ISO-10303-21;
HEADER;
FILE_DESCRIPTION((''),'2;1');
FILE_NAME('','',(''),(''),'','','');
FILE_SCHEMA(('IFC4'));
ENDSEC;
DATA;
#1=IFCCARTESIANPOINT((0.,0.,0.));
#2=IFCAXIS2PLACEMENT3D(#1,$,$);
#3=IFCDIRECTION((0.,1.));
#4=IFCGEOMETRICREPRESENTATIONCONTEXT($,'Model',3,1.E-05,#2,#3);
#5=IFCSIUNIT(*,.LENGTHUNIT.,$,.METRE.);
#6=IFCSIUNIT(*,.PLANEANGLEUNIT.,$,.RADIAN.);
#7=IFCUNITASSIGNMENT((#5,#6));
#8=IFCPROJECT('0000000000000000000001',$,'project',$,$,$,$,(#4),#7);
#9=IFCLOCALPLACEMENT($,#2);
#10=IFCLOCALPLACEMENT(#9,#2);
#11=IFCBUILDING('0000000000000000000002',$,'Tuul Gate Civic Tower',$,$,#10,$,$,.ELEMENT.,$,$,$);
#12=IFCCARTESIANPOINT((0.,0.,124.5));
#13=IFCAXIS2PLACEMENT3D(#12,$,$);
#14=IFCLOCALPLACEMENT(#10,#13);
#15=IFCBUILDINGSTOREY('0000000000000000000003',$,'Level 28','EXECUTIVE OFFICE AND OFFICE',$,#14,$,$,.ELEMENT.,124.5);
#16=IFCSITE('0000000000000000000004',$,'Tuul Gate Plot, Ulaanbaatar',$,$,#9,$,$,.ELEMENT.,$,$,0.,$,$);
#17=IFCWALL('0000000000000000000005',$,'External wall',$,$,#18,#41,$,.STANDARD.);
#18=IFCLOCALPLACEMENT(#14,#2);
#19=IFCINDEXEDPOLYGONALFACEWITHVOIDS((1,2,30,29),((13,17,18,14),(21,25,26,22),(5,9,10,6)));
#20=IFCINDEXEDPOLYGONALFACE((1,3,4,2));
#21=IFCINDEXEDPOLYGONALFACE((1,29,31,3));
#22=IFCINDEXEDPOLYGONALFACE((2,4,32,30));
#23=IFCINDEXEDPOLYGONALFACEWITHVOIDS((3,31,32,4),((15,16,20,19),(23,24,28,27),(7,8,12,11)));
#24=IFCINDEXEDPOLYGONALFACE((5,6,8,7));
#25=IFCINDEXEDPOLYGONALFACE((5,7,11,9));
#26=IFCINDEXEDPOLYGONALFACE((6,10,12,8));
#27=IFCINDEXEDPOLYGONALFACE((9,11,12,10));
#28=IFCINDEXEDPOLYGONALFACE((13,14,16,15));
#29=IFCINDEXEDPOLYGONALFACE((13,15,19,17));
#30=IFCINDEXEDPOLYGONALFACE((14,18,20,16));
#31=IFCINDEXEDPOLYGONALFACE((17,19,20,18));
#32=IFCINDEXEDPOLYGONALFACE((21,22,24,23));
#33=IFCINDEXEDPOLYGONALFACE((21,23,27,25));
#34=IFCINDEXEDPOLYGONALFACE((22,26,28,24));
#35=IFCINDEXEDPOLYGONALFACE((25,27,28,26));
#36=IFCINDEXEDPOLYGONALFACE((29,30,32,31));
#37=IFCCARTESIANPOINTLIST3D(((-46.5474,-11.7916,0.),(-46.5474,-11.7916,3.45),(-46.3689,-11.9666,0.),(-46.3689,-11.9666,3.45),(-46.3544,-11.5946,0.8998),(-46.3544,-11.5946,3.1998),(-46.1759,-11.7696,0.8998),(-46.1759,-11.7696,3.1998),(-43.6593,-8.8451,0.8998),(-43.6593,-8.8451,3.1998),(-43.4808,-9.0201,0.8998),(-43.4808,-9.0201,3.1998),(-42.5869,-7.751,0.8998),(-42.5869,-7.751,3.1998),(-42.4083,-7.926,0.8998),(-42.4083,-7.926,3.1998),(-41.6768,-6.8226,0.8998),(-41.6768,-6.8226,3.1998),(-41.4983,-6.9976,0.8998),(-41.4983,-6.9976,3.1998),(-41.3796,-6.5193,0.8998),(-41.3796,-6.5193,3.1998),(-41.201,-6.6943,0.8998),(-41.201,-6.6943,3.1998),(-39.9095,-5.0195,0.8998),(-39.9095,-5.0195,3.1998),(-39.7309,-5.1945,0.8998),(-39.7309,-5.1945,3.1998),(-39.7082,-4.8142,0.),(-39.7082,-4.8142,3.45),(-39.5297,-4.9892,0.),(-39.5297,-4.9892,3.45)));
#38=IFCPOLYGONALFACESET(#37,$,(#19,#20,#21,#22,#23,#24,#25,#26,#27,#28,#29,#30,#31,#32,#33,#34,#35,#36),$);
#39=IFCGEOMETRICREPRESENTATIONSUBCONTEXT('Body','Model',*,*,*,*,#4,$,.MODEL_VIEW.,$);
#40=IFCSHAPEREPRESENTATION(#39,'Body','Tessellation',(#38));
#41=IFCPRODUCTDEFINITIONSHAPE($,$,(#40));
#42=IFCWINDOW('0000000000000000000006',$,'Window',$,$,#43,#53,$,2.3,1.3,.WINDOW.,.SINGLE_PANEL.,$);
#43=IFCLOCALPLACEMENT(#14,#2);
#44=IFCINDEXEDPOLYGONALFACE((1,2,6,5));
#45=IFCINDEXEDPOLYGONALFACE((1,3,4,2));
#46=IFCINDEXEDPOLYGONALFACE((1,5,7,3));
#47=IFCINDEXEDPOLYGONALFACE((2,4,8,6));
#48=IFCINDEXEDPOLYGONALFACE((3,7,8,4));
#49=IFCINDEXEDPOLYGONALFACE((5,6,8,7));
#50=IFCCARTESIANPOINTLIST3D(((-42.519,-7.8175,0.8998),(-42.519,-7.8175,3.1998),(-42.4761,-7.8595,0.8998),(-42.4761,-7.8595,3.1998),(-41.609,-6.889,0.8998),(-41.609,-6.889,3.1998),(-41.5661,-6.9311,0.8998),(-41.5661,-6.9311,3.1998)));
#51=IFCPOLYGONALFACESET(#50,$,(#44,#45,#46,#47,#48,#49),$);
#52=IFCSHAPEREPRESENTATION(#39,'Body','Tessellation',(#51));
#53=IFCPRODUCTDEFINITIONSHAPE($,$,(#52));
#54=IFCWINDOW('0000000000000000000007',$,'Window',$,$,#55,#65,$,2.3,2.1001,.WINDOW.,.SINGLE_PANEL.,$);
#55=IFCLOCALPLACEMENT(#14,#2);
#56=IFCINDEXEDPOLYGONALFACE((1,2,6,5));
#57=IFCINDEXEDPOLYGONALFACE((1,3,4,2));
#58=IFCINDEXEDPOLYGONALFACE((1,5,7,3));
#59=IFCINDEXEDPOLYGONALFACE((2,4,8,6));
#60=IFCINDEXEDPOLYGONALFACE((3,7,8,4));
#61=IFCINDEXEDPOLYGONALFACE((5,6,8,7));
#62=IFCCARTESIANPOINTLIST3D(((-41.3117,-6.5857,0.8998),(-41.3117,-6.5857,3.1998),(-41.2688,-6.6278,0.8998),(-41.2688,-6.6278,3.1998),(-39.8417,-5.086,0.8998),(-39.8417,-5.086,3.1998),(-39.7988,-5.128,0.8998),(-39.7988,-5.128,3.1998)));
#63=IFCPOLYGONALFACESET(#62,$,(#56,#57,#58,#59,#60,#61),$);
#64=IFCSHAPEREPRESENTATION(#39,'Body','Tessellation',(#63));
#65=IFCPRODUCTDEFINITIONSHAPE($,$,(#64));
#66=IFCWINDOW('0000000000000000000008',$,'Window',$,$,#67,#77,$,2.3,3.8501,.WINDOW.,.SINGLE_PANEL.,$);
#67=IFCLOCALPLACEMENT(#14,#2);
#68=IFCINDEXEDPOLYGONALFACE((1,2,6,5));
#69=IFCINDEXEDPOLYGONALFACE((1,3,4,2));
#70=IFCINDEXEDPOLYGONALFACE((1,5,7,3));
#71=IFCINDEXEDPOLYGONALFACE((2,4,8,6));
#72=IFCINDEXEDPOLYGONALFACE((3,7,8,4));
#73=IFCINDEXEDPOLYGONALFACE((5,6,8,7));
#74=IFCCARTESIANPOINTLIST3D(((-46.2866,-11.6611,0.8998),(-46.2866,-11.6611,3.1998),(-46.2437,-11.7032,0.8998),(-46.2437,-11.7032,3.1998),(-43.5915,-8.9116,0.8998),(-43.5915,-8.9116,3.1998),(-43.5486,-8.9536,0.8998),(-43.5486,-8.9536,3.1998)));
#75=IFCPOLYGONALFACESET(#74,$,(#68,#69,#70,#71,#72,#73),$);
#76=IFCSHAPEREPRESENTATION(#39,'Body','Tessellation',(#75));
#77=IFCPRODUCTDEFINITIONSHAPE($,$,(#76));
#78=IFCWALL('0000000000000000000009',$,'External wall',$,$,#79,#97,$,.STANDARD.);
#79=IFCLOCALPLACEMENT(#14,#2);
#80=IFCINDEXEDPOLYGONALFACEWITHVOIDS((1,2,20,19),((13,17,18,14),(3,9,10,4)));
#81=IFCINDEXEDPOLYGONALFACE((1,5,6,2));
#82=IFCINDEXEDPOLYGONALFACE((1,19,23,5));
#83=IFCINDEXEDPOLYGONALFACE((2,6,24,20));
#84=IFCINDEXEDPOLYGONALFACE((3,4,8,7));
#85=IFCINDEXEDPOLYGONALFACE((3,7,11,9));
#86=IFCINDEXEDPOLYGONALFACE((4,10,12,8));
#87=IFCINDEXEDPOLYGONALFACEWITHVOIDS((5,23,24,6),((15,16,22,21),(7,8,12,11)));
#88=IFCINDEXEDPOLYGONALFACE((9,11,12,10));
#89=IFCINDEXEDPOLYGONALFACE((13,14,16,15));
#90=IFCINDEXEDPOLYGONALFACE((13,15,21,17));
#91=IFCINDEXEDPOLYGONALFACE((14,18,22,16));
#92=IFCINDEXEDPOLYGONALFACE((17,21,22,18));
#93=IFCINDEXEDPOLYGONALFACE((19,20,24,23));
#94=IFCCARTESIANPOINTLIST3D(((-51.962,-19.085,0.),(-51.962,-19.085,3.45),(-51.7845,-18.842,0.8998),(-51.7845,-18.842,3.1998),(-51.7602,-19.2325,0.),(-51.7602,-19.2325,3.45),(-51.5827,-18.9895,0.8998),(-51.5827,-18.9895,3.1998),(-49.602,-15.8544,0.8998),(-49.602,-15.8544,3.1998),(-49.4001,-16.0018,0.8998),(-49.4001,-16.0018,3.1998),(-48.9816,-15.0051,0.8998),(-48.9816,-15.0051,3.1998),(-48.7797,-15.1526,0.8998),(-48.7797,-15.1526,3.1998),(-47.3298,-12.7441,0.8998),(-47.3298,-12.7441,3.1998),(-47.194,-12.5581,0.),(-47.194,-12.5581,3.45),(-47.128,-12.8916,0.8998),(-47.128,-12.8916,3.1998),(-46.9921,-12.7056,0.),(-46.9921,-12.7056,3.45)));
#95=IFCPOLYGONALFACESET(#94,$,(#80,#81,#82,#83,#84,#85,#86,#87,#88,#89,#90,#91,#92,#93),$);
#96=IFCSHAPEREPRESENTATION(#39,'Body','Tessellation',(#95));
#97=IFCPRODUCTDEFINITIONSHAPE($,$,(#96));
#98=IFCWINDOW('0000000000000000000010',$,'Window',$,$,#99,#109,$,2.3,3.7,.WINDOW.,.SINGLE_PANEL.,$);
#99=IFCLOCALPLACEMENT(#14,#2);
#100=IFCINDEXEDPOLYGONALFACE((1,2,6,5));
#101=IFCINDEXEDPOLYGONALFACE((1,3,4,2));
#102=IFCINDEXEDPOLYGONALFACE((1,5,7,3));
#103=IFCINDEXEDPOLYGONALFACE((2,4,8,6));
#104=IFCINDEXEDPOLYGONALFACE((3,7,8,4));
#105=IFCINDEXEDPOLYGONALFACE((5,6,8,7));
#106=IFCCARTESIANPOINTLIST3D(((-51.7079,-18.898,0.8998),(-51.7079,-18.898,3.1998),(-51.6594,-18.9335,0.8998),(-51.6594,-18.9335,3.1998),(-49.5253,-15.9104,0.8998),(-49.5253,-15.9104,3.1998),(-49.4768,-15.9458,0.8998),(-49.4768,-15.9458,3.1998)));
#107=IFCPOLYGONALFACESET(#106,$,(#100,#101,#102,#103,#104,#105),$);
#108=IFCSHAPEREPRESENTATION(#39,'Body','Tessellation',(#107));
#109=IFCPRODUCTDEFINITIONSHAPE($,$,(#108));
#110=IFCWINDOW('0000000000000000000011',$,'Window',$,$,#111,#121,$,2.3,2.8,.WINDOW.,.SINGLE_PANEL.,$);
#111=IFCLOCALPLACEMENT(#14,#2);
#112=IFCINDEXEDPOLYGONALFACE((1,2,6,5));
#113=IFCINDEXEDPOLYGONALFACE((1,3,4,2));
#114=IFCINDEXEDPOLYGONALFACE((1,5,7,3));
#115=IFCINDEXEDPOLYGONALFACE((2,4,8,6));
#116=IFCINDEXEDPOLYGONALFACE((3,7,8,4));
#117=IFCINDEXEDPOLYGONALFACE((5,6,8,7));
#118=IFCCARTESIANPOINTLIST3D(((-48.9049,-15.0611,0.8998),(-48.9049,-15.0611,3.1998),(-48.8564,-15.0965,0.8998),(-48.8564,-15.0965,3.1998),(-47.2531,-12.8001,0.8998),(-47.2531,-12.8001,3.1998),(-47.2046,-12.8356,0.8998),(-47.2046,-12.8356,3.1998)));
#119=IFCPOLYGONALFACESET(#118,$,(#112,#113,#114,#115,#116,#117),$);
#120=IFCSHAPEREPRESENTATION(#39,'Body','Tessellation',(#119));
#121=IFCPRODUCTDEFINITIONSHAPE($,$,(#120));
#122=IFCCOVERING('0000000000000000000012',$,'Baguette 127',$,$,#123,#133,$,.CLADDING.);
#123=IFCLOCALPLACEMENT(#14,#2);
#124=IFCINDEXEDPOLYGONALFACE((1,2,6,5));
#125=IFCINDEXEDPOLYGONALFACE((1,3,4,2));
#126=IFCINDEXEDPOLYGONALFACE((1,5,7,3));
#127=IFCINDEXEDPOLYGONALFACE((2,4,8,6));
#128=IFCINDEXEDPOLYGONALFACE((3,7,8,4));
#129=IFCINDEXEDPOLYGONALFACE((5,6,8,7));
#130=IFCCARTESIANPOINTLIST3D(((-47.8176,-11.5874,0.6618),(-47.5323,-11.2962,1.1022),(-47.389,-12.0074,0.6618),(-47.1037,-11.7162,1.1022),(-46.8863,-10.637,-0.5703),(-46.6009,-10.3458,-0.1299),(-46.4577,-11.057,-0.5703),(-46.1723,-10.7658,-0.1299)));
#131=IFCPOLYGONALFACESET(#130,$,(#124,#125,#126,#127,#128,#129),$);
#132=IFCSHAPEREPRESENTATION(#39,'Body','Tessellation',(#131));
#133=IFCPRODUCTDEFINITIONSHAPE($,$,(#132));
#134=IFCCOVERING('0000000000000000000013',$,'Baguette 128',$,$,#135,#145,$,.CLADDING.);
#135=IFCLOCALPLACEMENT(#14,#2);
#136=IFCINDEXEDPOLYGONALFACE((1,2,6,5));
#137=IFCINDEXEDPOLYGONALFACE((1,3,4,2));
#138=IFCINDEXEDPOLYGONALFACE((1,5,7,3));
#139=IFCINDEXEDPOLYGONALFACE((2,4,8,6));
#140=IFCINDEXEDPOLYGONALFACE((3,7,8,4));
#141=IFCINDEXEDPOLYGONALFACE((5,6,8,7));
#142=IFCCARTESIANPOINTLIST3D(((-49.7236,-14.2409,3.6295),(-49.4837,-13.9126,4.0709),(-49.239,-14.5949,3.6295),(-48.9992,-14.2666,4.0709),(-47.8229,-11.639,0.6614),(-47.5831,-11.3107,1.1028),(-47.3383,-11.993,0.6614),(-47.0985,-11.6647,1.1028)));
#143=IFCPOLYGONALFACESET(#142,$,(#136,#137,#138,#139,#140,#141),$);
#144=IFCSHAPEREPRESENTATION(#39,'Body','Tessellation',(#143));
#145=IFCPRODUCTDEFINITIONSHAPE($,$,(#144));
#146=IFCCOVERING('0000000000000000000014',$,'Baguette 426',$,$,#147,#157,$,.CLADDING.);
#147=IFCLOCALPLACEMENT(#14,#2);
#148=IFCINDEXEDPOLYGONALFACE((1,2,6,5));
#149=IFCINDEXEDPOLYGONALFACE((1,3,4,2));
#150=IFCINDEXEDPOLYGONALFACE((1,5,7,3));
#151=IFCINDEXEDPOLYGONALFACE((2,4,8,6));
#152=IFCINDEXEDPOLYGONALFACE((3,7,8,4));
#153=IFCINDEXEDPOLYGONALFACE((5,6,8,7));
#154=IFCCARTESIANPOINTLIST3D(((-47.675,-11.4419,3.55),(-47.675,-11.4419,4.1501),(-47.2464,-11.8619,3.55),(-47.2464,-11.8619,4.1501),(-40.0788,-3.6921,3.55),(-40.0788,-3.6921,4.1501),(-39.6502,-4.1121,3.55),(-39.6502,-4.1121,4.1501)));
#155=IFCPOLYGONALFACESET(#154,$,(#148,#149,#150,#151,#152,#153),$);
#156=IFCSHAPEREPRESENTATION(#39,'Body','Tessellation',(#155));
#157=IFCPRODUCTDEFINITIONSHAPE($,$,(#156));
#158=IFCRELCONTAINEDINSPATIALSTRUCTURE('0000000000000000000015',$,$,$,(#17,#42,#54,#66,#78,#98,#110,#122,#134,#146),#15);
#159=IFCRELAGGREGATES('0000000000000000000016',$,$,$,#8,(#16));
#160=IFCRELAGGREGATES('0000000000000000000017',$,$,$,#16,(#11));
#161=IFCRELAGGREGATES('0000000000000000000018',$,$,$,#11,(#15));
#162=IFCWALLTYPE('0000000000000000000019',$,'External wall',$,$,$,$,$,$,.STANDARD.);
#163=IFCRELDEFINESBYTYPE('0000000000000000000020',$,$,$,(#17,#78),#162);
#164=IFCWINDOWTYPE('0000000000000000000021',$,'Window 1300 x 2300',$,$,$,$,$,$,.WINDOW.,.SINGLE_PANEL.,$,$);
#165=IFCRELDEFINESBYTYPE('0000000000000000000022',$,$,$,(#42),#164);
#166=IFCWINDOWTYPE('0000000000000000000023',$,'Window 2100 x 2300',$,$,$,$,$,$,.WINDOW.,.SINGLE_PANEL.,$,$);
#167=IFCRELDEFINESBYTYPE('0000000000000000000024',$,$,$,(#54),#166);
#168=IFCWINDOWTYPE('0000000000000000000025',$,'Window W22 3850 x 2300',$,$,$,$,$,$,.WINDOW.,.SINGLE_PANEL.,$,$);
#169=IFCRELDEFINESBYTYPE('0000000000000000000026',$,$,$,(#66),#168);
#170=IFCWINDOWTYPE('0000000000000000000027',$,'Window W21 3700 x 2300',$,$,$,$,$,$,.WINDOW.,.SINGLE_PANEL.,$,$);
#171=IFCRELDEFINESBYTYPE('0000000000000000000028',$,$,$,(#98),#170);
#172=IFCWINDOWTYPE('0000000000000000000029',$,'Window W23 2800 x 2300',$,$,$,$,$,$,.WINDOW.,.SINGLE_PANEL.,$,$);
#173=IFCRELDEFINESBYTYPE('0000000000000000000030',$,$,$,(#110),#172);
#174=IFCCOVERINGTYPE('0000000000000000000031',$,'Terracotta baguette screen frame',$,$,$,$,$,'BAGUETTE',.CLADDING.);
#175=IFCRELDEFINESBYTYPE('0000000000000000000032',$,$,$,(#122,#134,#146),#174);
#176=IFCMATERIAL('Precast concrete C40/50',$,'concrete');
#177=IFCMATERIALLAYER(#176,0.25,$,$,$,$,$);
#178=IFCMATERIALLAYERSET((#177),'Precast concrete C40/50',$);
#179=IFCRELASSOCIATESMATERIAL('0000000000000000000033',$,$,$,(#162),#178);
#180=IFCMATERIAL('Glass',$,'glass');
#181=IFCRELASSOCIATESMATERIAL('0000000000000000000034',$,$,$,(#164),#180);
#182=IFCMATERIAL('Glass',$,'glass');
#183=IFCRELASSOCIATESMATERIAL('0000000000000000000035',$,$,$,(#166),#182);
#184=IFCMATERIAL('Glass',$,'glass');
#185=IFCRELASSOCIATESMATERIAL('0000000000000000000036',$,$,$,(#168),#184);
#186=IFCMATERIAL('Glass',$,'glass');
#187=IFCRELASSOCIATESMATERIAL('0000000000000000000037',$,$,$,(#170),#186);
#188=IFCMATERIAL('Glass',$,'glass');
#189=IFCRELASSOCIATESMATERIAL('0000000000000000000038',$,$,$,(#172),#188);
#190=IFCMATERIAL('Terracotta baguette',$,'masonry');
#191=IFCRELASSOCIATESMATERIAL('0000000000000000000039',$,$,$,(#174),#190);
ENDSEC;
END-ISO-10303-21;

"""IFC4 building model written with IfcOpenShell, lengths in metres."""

from ifc_helpers import new_model, si_unit, direction, frame, frame_2d, origin, origin_2d, place, context, subcontext, project, spatial, rectangle, extrude, material, layer, layer_set, material_profile, profile_set, type_object, element, fill, save


model = new_model("IFC4")

# Units and contexts
model_context = context("Model", 3, precision=1e-05, world=origin(), true_north=direction((0.0, 1.0)))
body_context = subcontext(model_context, "Body", "Model", "MODEL_VIEW")
ifc_project = project(units=[si_unit("LENGTHUNIT", "METRE"), si_unit("PLANEANGLEUNIT", "RADIAN")], contexts=[model_context])

# Site, building, storey
site_placement = place(None, origin())
site = spatial("IfcSite", under=ifc_project, at=site_placement, Name="Tuul Gate Plot, Ulaanbaatar", CompositionType="ELEMENT", RefElevation=0.0)
building_placement = place(site_placement, origin())
building = spatial("IfcBuilding", under=site, at=building_placement, Name="Tuul Gate Civic Tower", CompositionType="ELEMENT")
storey_placement = place(building_placement, frame((0.0, 0.0, 124.5)))
storey = spatial("IfcBuildingStorey", under=building, at=storey_placement, Name="Level 28", Description="EXECUTIVE OFFICE AND OFFICE", CompositionType="ELEMENT", Elevation=124.5)

# Walls, openings, windows
ifc_material_1 = material(Name="Precast concrete C40/50", Category="concrete")
ifc_layer_1 = layer(ifc_material_1, 0.25)
ifc_layer_set_1 = layer_set([ifc_layer_1], Name="Precast concrete C40/50")
wall_type_1 = type_object("IfcWallType", Name="External wall", PredefinedType="STANDARD", material=ifc_layer_set_1)
wall_1_placement = place(storey_placement, frame((-39.6189, -4.9016, 0.0), z_axis=(0.0, 0.0, 1.0), x_axis=(-0.7, -0.714143, 0.0)))
wall_1 = element("IfcWall", 1, at=wall_1_placement, inside=storey, type_object=wall_type_1, Name="External wall", PredefinedType="STANDARD", context=body_context, shape_type="SweptSolid", body=[
    extrude(rectangle(XDim=9.7703, YDim=0.25, at=frame_2d((4.8853, 0.0))), origin(), (0.0, 0.0, 1.0), 3.45),
])
opening_1_placement = place(wall_1_placement, frame((5.6445, 0.0, 0.8999)))
opening_1 = element("IfcOpeningElement", 2, at=opening_1_placement, cuts=wall_1, PredefinedType="OPENING", context=body_context, shape_type="SweptSolid", body=[
    extrude(rectangle(XDim=3.8501, YDim=2.3, at=frame_2d((1.925, 1.1499))), frame((0.0, 0.135, 0.0), z_axis=(0.0, -1.0, 0.0), x_axis=(1.0, 0.0, 0.0)), (0.0, 0.0, 1.0), 0.27),
])
opening_2_placement = place(wall_1_placement, frame((0.2876, 0.0, 0.8999)))
opening_2 = element("IfcOpeningElement", 3, at=opening_2_placement, cuts=wall_1, PredefinedType="OPENING", context=body_context, shape_type="SweptSolid", body=[
    extrude(rectangle(XDim=2.1001, YDim=2.3, at=frame_2d((1.05, 1.1499))), frame((0.0, 0.135, 0.0), z_axis=(0.0, -1.0, 0.0), x_axis=(1.0, 0.0, 0.0)), (0.0, 0.0, 1.0), 0.27),
])
opening_3_placement = place(wall_1_placement, frame((2.8125, 0.0, 0.8999)))
opening_3 = element("IfcOpeningElement", 4, at=opening_3_placement, cuts=wall_1, PredefinedType="OPENING", context=body_context, shape_type="SweptSolid", body=[
    extrude(rectangle(XDim=1.3, YDim=2.3, at=frame_2d((0.6499, 1.1499))), frame((0.0, 0.135, 0.0), z_axis=(0.0, -1.0, 0.0), x_axis=(1.0, 0.0, 0.0)), (0.0, 0.0, 1.0), 0.27),
])
ifc_material_2 = material(Name="Glass", Category="glass")
window_type_1 = type_object("IfcWindowType", Name="Window 1300 x 2300", PartitioningType="SINGLE_PANEL", PredefinedType="WINDOW", material=ifc_material_2)
window_1_placement = place(opening_3_placement, origin())
window_1 = element("IfcWindow", 5, at=window_1_placement, inside=storey, type_object=window_type_1, Name="Window", OverallHeight=2.3, OverallWidth=1.3, PartitioningType="SINGLE_PANEL", PredefinedType="WINDOW", context=body_context, shape_type="SweptSolid", body=[
    extrude(rectangle(XDim=1.3, YDim=2.3, at=frame_2d((0.6499, 1.1499))), frame((0.0, 0.03, 0.0), z_axis=(0.0, -1.0, 0.0), x_axis=(1.0, 0.0, 0.0)), (0.0, 0.0, 1.0), 0.0601),
])
fill(opening_3, window_1)
ifc_material_3 = material(Name="Glass", Category="glass")
window_type_2 = type_object("IfcWindowType", Name="Window 2100 x 2300", PartitioningType="SINGLE_PANEL", PredefinedType="WINDOW", material=ifc_material_3)
window_2_placement = place(opening_2_placement, origin())
window_2 = element("IfcWindow", 6, at=window_2_placement, inside=storey, type_object=window_type_2, Name="Window", OverallHeight=2.3, OverallWidth=2.1001, PartitioningType="SINGLE_PANEL", PredefinedType="WINDOW", context=body_context, shape_type="SweptSolid", body=[
    extrude(rectangle(XDim=2.1001, YDim=2.3, at=frame_2d((1.05, 1.1499))), frame((0.0, 0.03, 0.0), z_axis=(0.0, -1.0, 0.0), x_axis=(1.0, 0.0, 0.0)), (0.0, 0.0, 1.0), 0.0601),
])
fill(opening_2, window_2)
ifc_material_4 = material(Name="Glass", Category="glass")
window_type_3 = type_object("IfcWindowType", Name="Window W22 3850 x 2300", PartitioningType="SINGLE_PANEL", PredefinedType="WINDOW", material=ifc_material_4)
window_3_placement = place(opening_1_placement, origin())
window_3 = element("IfcWindow", 7, at=window_3_placement, inside=storey, type_object=window_type_3, Name="Window", OverallHeight=2.3, OverallWidth=3.8501, PartitioningType="SINGLE_PANEL", PredefinedType="WINDOW", context=body_context, shape_type="SweptSolid", body=[
    extrude(rectangle(XDim=3.8501, YDim=2.3, at=frame_2d((1.925, 1.1499))), frame((0.0, 0.03, 0.0), z_axis=(0.0, -1.0, 0.0), x_axis=(1.0, 0.0, 0.0)), (0.0, 0.0, 1.0), 0.0601),
])
fill(opening_1, window_3)
wall_2_placement = place(storey_placement, frame((-47.093, -12.6318, 0.0), z_axis=(0.0, 0.0, 1.0), x_axis=(-0.589891, -0.807483, 0.0)))
wall_2 = element("IfcWall", 8, at=wall_2_placement, inside=storey, type_object=wall_type_1, Name="External wall", PredefinedType="STANDARD", context=body_context, shape_type="SweptSolid", body=[
    extrude(rectangle(XDim=8.083, YDim=0.25, at=frame_2d((4.0415, 0.0))), origin(), (0.0, 0.0, 1.0), 3.45),
])
opening_4_placement = place(wall_2_placement, frame((0.2305, 0.0, 0.8999)))
opening_4 = element("IfcOpeningElement", 9, at=opening_4_placement, cuts=wall_2, PredefinedType="OPENING", context=body_context, shape_type="SweptSolid", body=[
    extrude(rectangle(XDim=2.8, YDim=2.3, at=frame_2d((1.3999, 1.1499))), frame((0.0, 0.135, 0.0), z_axis=(0.0, -1.0, 0.0), x_axis=(1.0, 0.0, 0.0)), (0.0, 0.0, 1.0), 0.27),
])
opening_5_placement = place(wall_2_placement, frame((4.082, 0.0, 0.8999)))
opening_5 = element("IfcOpeningElement", 10, at=opening_5_placement, cuts=wall_2, PredefinedType="OPENING", context=body_context, shape_type="SweptSolid", body=[
    extrude(rectangle(XDim=3.7, YDim=2.3, at=frame_2d((1.8501, 1.1499))), frame((0.0, 0.135, 0.0), z_axis=(0.0, -1.0, 0.0), x_axis=(1.0, 0.0, 0.0)), (0.0, 0.0, 1.0), 0.27),
])
ifc_material_5 = material(Name="Glass", Category="glass")
window_type_4 = type_object("IfcWindowType", Name="Window W21 3700 x 2300", PartitioningType="SINGLE_PANEL", PredefinedType="WINDOW", material=ifc_material_5)
window_4_placement = place(opening_5_placement, origin())
window_4 = element("IfcWindow", 11, at=window_4_placement, inside=storey, type_object=window_type_4, Name="Window", OverallHeight=2.3, OverallWidth=3.7, PartitioningType="SINGLE_PANEL", PredefinedType="WINDOW", context=body_context, shape_type="SweptSolid", body=[
    extrude(rectangle(XDim=3.7, YDim=2.3, at=frame_2d((1.8501, 1.1499))), frame((0.0, 0.03, 0.0), z_axis=(0.0, -1.0, 0.0), x_axis=(1.0, 0.0, 0.0)), (0.0, 0.0, 1.0), 0.0601),
])
fill(opening_5, window_4)
ifc_material_6 = material(Name="Glass", Category="glass")
window_type_5 = type_object("IfcWindowType", Name="Window W23 2800 x 2300", PartitioningType="SINGLE_PANEL", PredefinedType="WINDOW", material=ifc_material_6)
window_5_placement = place(opening_4_placement, origin())
window_5 = element("IfcWindow", 12, at=window_5_placement, inside=storey, type_object=window_type_5, Name="Window", OverallHeight=2.3, OverallWidth=2.8, PartitioningType="SINGLE_PANEL", PredefinedType="WINDOW", context=body_context, shape_type="SweptSolid", body=[
    extrude(rectangle(XDim=2.8, YDim=2.3, at=frame_2d((1.3999, 1.1499))), frame((0.0, 0.03, 0.0), z_axis=(0.0, -1.0, 0.0), x_axis=(1.0, 0.0, 0.0)), (0.0, 0.0, 1.0), 0.0601),
])
fill(opening_4, window_5)

# Coverings
ifc_material_7 = material(Name="Terracotta baguette", Category="masonry")
ifc_material_profile_1 = material_profile(ifc_material_7, rectangle(XDim=0.6001, YDim=0.6001, at=origin_2d()), Name="Terracotta baguette screen frame")
ifc_profile_set_1 = profile_set([ifc_material_profile_1], Name="Terracotta baguette")
covering_type = type_object("IfcCoveringType", Name="Terracotta baguette screen frame", ElementType="BAGUETTE", PredefinedType="CLADDING", material=ifc_profile_set_1)
covering_1_placement = place(storey_placement, frame((-46.5293, -10.7014, -0.3501), z_axis=(-0.513566, -0.524066, 0.679415), x_axis=(0.714226, -0.699915, 0.0)))
element("IfcCovering", 13, at=covering_1_placement, inside=storey, type_object=covering_type, Name="Baguette 127", PredefinedType="CLADDING", context=body_context, shape_type="SweptSolid", body=[
    extrude(rectangle(XDim=0.6001, YDim=0.6001, at=origin_2d()), origin(), (0.0, 0.0, 1.0), 1.8135),
])
covering_2_placement = place(storey_placement, frame((-47.4607, -11.6519, 0.8821), z_axis=(-0.433861, -0.593919, 0.677514), x_axis=(0.807492, -0.589878, 0.0)))
element("IfcCovering", 14, at=covering_2_placement, inside=storey, type_object=covering_type, Name="Baguette 128", PredefinedType="CLADDING", context=body_context, shape_type="SweptSolid", body=[
    extrude(rectangle(XDim=0.6001, YDim=0.6001, at=origin_2d()), origin(), (0.0, 0.0, 1.0), 4.3809),
])
covering_3_placement = place(storey_placement, frame((-39.8645, -3.9021, 3.8501), z_axis=(-0.699996, -0.714147, 0.0), x_axis=(0.714147, -0.699996, 0.0)))
element("IfcCovering", 15, at=covering_3_placement, inside=storey, type_object=covering_type, Name="Baguette 426", PredefinedType="CLADDING", context=body_context, shape_type="SweptSolid", body=[
    extrude(rectangle(XDim=0.6001, YDim=0.6001, at=origin_2d()), origin(), (0.0, 0.0, 1.0), 10.8518),
])

save(model, "model.ifc")
